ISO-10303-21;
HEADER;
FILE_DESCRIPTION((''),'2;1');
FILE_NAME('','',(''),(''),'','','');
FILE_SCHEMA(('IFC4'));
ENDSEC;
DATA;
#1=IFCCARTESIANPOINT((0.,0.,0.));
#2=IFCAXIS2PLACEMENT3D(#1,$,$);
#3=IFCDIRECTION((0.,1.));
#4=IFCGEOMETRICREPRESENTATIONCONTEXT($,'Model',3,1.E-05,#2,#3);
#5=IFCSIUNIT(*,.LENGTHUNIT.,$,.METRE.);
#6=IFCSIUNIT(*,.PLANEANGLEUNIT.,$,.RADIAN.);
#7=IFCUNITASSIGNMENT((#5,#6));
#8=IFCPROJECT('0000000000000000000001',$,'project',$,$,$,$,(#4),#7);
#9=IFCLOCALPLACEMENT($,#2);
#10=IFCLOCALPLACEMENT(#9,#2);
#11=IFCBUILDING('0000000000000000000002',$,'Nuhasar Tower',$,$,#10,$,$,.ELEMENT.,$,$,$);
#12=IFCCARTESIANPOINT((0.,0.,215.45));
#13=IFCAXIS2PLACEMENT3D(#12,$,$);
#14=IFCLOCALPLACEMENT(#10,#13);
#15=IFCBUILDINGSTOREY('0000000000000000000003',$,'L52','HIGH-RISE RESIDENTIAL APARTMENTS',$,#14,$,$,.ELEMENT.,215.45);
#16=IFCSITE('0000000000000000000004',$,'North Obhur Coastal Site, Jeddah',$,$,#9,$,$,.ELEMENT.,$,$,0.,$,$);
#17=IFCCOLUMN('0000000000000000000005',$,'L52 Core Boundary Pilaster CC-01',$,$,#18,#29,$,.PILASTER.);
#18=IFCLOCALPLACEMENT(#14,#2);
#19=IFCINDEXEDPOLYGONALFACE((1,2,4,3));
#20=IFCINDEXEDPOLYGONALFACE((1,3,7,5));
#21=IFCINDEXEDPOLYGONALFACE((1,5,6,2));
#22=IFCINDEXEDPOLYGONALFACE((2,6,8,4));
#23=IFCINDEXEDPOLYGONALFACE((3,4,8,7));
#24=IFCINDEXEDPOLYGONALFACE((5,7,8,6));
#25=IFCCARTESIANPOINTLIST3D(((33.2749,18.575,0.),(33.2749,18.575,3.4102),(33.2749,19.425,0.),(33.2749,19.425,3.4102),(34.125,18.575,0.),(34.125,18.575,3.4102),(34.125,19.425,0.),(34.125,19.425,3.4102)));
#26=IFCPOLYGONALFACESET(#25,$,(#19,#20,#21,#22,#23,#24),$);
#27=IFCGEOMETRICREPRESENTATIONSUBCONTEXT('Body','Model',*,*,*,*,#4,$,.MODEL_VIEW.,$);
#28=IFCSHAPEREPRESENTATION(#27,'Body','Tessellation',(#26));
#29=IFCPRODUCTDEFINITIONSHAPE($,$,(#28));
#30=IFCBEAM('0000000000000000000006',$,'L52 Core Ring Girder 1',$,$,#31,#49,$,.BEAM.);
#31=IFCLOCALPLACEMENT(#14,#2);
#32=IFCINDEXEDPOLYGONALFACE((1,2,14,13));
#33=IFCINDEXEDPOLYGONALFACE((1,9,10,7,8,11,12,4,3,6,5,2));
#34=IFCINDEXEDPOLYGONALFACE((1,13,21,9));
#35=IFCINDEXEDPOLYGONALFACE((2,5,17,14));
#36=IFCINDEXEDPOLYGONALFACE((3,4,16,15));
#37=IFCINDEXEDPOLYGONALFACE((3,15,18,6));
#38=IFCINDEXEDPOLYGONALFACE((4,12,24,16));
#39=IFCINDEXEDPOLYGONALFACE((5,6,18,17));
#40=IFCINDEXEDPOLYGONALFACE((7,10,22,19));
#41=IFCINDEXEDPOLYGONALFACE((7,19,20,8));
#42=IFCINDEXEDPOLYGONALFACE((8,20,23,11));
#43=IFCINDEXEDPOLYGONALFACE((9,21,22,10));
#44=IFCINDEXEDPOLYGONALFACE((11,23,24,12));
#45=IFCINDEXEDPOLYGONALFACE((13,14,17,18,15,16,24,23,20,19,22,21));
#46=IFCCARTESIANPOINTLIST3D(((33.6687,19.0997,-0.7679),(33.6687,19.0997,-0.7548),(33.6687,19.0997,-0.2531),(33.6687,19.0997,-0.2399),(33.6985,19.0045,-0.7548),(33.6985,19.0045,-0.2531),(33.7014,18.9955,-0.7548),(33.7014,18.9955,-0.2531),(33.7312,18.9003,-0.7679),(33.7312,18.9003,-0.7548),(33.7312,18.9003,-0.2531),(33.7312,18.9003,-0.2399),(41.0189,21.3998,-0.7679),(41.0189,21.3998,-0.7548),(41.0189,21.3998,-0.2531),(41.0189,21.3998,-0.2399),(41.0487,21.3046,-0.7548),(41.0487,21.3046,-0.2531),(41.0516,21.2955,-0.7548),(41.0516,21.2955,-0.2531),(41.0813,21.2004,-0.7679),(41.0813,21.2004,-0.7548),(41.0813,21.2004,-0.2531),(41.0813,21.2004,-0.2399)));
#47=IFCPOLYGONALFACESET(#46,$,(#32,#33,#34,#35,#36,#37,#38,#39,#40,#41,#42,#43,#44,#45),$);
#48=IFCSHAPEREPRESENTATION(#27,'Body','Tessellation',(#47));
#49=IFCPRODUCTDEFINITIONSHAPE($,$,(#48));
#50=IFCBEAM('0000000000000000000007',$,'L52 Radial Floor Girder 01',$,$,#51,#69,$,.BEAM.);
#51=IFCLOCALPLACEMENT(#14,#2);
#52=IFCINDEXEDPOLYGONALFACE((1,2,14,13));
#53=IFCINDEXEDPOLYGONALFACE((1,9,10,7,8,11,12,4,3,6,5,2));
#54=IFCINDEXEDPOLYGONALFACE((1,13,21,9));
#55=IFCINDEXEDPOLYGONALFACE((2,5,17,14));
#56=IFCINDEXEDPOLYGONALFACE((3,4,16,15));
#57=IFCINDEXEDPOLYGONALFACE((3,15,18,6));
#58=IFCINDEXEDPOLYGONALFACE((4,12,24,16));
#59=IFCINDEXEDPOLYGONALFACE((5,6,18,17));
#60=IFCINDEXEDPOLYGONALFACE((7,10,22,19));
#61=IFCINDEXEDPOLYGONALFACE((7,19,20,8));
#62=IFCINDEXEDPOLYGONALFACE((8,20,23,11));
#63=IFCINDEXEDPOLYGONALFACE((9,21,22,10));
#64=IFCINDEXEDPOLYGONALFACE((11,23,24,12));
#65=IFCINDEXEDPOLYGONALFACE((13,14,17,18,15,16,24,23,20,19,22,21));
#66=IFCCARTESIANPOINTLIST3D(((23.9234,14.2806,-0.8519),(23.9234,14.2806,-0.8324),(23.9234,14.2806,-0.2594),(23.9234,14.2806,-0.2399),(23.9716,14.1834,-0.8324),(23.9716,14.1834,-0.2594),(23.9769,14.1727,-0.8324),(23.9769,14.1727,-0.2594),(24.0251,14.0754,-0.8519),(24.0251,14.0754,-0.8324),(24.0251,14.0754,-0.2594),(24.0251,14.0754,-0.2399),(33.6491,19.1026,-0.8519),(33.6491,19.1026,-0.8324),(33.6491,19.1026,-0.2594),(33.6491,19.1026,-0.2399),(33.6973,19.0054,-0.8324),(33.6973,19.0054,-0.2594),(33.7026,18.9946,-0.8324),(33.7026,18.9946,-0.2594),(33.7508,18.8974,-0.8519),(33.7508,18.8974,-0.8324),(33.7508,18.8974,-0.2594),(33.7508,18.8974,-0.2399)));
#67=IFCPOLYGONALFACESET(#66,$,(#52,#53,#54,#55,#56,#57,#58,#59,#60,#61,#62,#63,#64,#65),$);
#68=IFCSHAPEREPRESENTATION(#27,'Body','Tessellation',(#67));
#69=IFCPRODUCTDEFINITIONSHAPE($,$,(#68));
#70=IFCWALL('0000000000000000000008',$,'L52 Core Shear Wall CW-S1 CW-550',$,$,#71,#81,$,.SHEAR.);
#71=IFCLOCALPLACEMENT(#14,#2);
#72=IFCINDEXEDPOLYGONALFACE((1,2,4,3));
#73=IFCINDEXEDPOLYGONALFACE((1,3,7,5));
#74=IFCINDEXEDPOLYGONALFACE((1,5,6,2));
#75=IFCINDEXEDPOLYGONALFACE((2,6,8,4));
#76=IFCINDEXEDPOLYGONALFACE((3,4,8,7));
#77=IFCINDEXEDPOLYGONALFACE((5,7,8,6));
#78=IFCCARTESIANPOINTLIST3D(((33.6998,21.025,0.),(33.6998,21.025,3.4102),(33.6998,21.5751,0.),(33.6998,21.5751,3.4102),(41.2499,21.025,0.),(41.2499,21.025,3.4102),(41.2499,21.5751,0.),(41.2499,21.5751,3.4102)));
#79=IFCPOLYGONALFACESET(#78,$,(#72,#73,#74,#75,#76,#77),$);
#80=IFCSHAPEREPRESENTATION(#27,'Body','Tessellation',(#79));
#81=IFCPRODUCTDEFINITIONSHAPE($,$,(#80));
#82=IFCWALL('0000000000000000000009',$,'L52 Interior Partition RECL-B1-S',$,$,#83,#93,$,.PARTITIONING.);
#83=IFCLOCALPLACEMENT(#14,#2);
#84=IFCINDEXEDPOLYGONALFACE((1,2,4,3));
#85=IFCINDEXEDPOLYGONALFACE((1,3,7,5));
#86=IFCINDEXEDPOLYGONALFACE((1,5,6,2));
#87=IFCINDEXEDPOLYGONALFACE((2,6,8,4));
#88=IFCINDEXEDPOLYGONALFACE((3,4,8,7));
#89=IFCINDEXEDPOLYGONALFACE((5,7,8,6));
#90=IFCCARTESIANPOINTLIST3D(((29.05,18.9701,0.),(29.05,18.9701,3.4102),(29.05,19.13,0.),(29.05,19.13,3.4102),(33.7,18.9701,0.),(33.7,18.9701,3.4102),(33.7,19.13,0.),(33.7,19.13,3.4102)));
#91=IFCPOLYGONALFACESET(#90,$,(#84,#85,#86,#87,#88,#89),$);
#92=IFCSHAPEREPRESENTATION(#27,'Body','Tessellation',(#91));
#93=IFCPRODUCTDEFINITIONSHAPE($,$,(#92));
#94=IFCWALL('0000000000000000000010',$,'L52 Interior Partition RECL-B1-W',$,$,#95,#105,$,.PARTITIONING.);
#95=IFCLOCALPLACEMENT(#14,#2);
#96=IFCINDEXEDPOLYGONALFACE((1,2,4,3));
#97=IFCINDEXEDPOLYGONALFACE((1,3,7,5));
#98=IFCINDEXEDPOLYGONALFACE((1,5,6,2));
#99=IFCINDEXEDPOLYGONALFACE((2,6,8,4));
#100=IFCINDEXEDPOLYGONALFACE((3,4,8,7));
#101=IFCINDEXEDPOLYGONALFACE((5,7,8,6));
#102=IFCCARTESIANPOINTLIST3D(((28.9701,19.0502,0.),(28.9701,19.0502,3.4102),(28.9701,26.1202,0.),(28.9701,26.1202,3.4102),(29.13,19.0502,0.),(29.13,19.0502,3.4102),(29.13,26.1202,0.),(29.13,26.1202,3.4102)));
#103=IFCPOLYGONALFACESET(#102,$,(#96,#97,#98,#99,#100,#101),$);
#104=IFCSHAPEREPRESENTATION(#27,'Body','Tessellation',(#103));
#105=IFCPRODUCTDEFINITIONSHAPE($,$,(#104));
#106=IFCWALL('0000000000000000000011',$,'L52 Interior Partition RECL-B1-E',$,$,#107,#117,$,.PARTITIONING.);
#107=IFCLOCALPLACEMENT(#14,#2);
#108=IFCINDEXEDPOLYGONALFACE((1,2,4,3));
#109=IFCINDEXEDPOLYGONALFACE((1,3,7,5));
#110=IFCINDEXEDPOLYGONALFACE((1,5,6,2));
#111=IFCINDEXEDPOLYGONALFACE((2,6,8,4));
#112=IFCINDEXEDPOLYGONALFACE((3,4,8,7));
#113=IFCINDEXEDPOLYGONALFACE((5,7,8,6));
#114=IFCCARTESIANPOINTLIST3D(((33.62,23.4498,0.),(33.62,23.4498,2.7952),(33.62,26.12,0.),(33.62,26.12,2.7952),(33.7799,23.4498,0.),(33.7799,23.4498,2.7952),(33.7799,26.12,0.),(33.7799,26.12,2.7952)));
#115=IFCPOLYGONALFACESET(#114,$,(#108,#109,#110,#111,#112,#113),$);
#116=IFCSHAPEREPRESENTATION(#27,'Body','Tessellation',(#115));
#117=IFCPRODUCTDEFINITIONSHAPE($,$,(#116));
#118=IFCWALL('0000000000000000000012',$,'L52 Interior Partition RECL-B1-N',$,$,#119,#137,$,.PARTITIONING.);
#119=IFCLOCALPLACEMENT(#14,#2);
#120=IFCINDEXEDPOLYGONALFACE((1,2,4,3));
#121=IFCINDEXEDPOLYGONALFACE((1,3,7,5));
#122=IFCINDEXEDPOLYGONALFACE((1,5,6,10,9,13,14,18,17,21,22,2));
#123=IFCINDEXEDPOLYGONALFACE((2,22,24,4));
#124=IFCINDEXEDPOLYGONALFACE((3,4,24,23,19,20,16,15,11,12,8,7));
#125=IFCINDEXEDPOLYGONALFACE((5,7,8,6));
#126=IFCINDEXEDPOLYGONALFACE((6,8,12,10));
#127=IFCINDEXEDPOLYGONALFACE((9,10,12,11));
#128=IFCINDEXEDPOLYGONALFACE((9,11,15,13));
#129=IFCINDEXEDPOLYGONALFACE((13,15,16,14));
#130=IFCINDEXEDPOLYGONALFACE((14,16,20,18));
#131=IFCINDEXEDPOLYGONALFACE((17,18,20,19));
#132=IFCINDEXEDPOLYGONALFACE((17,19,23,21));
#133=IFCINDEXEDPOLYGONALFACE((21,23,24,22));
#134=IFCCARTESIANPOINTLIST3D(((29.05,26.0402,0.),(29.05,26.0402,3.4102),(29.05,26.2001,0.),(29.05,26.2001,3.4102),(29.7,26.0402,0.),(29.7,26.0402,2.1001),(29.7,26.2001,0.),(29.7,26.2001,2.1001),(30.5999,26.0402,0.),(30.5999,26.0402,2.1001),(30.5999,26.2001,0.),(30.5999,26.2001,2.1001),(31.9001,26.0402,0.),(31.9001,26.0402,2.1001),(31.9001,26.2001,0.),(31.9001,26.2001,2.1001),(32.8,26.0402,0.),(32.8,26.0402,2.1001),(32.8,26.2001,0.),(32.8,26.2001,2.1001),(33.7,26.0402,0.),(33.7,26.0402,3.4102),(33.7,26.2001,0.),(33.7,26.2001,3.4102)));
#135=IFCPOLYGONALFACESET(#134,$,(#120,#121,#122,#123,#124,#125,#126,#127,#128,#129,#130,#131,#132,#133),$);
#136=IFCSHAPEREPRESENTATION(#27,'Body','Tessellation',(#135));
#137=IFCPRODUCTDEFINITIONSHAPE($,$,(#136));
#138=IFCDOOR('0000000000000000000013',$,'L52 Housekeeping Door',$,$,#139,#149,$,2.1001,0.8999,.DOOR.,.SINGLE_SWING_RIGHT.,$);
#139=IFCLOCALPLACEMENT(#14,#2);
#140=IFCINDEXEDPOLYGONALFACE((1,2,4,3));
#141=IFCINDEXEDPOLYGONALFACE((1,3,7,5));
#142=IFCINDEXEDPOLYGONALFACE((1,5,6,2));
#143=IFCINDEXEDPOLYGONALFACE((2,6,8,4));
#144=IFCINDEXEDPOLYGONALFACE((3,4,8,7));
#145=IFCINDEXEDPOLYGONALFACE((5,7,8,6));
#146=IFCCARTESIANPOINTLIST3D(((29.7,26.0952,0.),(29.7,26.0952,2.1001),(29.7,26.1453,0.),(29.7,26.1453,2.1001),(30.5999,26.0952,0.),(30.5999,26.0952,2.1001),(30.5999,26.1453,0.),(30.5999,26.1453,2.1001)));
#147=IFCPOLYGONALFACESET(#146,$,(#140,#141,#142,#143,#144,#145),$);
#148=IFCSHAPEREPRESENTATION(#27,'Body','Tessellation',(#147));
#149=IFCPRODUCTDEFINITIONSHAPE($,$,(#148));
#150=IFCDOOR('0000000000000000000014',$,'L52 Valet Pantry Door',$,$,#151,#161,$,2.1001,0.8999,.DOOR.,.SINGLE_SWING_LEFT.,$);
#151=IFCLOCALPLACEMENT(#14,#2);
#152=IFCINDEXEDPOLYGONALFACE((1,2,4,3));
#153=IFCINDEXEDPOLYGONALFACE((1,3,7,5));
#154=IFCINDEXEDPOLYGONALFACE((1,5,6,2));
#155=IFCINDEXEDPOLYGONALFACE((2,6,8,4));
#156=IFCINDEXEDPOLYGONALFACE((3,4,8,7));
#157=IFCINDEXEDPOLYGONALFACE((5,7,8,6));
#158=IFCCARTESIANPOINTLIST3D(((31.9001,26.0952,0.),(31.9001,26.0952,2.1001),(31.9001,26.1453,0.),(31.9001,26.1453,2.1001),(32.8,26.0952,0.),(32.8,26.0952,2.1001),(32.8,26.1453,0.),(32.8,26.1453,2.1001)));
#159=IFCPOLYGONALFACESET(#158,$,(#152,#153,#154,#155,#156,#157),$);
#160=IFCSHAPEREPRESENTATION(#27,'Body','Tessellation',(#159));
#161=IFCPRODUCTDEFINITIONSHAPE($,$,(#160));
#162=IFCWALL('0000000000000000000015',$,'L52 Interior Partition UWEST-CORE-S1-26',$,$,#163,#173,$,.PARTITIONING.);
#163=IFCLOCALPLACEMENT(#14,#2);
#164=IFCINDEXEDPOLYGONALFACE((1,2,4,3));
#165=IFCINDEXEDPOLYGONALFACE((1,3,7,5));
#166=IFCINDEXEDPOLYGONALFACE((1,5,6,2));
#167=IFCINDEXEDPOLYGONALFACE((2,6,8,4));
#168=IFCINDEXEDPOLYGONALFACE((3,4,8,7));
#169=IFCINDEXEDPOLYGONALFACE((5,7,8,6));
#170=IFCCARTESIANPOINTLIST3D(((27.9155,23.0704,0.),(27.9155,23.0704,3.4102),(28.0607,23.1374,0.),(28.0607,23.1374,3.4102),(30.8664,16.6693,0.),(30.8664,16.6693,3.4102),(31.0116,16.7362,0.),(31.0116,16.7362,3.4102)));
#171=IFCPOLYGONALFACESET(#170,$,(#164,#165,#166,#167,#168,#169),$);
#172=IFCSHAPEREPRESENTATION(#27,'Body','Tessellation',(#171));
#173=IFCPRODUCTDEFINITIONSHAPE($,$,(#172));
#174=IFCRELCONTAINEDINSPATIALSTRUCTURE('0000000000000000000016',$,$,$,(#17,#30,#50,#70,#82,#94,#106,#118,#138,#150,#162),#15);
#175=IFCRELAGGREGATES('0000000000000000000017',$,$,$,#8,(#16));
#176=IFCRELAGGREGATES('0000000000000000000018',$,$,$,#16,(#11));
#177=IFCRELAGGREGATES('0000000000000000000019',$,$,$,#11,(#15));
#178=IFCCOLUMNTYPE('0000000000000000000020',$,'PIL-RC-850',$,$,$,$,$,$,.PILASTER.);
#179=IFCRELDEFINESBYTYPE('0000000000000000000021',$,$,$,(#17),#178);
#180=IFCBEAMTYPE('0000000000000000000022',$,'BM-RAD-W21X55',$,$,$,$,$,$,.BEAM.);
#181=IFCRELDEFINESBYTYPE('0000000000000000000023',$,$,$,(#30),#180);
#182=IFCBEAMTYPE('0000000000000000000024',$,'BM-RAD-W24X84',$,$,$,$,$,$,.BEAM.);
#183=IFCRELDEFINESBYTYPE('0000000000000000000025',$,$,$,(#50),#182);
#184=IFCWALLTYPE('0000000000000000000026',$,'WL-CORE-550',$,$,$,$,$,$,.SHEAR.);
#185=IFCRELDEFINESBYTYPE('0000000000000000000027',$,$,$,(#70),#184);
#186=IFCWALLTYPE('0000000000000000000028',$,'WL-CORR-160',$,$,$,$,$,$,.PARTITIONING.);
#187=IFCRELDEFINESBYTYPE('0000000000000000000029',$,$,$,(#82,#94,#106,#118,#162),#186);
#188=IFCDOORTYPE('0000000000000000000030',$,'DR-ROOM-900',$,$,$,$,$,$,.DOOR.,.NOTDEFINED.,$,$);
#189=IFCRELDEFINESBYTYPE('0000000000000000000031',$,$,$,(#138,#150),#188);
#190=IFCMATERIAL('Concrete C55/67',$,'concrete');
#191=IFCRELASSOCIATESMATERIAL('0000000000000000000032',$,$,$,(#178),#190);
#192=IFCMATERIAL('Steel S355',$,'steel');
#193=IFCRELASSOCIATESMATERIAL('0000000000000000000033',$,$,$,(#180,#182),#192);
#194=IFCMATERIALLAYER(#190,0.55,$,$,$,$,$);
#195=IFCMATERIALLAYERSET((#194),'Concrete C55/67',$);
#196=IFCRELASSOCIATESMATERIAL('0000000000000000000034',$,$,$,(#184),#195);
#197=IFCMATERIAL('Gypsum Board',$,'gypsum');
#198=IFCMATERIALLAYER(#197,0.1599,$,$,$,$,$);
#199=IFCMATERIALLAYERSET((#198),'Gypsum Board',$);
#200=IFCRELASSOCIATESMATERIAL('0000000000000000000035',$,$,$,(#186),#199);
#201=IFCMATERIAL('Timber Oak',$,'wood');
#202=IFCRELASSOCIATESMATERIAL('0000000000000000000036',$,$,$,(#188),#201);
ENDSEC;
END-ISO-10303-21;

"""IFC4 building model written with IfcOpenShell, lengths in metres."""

from ifc_helpers import new_model, si_unit, direction, frame, frame_2d, origin, origin_2d, place, context, subcontext, project, spatial, rectangle, i_section, extrude, material, layer, layer_set, material_profile, profile_set, type_object, element, fill, save


model = new_model("IFC4")

# Units and contexts
model_context = context("Model", 3, precision=1e-05, world=origin(), true_north=direction((0.0, 1.0)))
body_context = subcontext(model_context, "Body", "Model", "MODEL_VIEW")
ifc_project = project(units=[si_unit("LENGTHUNIT", "METRE"), si_unit("PLANEANGLEUNIT", "RADIAN")], contexts=[model_context])

# Site, building, storey
site_placement = place(None, origin())
site = spatial("IfcSite", under=ifc_project, at=site_placement, Name="North Obhur Coastal Site, Jeddah", CompositionType="ELEMENT", RefElevation=0.0)
building_placement = place(site_placement, origin())
building = spatial("IfcBuilding", under=site, at=building_placement, Name="Nuhasar Tower", CompositionType="ELEMENT")
storey_placement = place(building_placement, frame((0.0, 0.0, 215.45)))
storey = spatial("IfcBuildingStorey", under=building, at=storey_placement, Name="L52", Description="HIGH-RISE RESIDENTIAL APARTMENTS", CompositionType="ELEMENT", Elevation=215.45)

# Column
ifc_material_1 = material(Name="Concrete C55/67", Category="concrete")
ifc_material_profile_1 = material_profile(ifc_material_1, rectangle(XDim=0.8501, YDim=0.8501, at=origin_2d()), Name="RC850X850")
ifc_profile_set_1 = profile_set([ifc_material_profile_1], Name="Concrete C55/67")
column_type = type_object("IfcColumnType", Name="PIL-RC-850", PredefinedType="PILASTER", material=ifc_profile_set_1)
column_placement = place(storey_placement, frame((33.7, 19.0, 0.0), z_axis=(0.0, 0.0, 1.0), x_axis=(1.0, 0.0, 0.0)))
element("IfcColumn", 1, at=column_placement, inside=storey, type_object=column_type, Name="L52 Core Boundary Pilaster CC-01", PredefinedType="PILASTER", context=body_context, shape_type="SweptSolid", body=[
    extrude(rectangle(XDim=0.8501, YDim=0.8501, at=origin_2d()), origin(), (0.0, 0.0, 1.0), 3.4102),
])

# Beams
ifc_material_2 = material(Name="Steel S355", Category="steel")
ifc_material_profile_2 = material_profile(ifc_material_2, i_section(OverallWidth=0.209, OverallDepth=0.5281, WebThickness=0.0095, FlangeThickness=0.0132, at=origin_2d()), Name="W21X55")
ifc_profile_set_2 = profile_set([ifc_material_profile_2], Name="Steel S355")
beam_type_1 = type_object("IfcBeamType", Name="BM-RAD-W21X55", PredefinedType="BEAM", material=ifc_profile_set_2)
beam_1_placement = place(storey_placement, frame((33.7, 19.0, -0.5039), z_axis=(0.954364, 0.298647, 0.0), x_axis=(-0.298647, 0.954364, 0.0)))
element("IfcBeam", 2, at=beam_1_placement, inside=storey, type_object=beam_type_1, Name="L52 Core Ring Girder 1", PredefinedType="BEAM", context=body_context, shape_type="SweptSolid", body=[
    extrude(i_section(OverallWidth=0.209, OverallDepth=0.5281, WebThickness=0.0095, FlangeThickness=0.0132, at=origin_2d()), origin(), (0.0, 0.0, 1.0), 7.7017),
])
ifc_material_profile_3 = material_profile(ifc_material_2, i_section(OverallWidth=0.229, OverallDepth=0.6121, WebThickness=0.012, FlangeThickness=0.0195, at=origin_2d()), Name="W24X84")
ifc_profile_set_3 = profile_set([ifc_material_profile_3], Name="Steel S355")
beam_type_2 = type_object("IfcBeamType", Name="BM-RAD-W24X84", PredefinedType="BEAM", material=ifc_profile_set_3)
beam_2_placement = place(storey_placement, frame((33.7, 19.0, -0.5459), z_axis=(-0.895929, -0.444197, 0.0), x_axis=(0.444197, -0.895929, 0.0)))
element("IfcBeam", 3, at=beam_2_placement, inside=storey, type_object=beam_type_2, Name="L52 Radial Floor Girder 01", PredefinedType="BEAM", context=body_context, shape_type="SweptSolid", body=[
    extrude(i_section(OverallWidth=0.229, OverallDepth=0.6121, WebThickness=0.012, FlangeThickness=0.0195, at=origin_2d()), origin(), (0.0, 0.0, 1.0), 10.8555),
])

# Walls
ifc_layer_1 = layer(ifc_material_1, 0.55)
ifc_layer_set_1 = layer_set([ifc_layer_1], Name="Concrete C55/67")
wall_type_1 = type_object("IfcWallType", Name="WL-CORE-550", PredefinedType="SHEAR", material=ifc_layer_set_1)
wall_1_placement = place(storey_placement, frame((33.7, 21.3, 0.0), z_axis=(0.0, 0.0, 1.0), x_axis=(1.0, 0.0, 0.0)))
element("IfcWall", 4, at=wall_1_placement, inside=storey, type_object=wall_type_1, Name="L52 Core Shear Wall CW-S1 CW-550", PredefinedType="SHEAR", context=body_context, shape_type="SweptSolid", body=[
    extrude(rectangle(XDim=7.55, YDim=0.55, at=frame_2d((3.7749, 0.0))), origin(), (0.0, 0.0, 1.0), 3.4102),
])
ifc_material_3 = material(Name="Gypsum Board", Category="gypsum")
ifc_layer_2 = layer(ifc_material_3, 0.1599)
ifc_layer_set_2 = layer_set([ifc_layer_2], Name="Gypsum Board")
wall_type_2 = type_object("IfcWallType", Name="WL-CORR-160", PredefinedType="PARTITIONING", material=ifc_layer_set_2)
wall_2_placement = place(storey_placement, frame((29.05, 19.05, 0.0), z_axis=(0.0, 0.0, 1.0), x_axis=(1.0, 0.0, 0.0)))
element("IfcWall", 5, at=wall_2_placement, inside=storey, type_object=wall_type_2, Name="L52 Interior Partition RECL-B1-S", PredefinedType="PARTITIONING", context=body_context, shape_type="SweptSolid", body=[
    extrude(rectangle(XDim=4.6499, YDim=0.1599, at=frame_2d((2.325, 0.0))), origin(), (0.0, 0.0, 1.0), 3.4102),
])
wall_3_placement = place(storey_placement, frame((29.05, 19.05, 0.0), z_axis=(0.0, 0.0, 1.0), x_axis=(0.0, 1.0, 0.0)))
element("IfcWall", 6, at=wall_3_placement, inside=storey, type_object=wall_type_2, Name="L52 Interior Partition RECL-B1-W", PredefinedType="PARTITIONING", context=body_context, shape_type="SweptSolid", body=[
    extrude(rectangle(XDim=7.0701, YDim=0.1599, at=frame_2d((3.5352, 0.0))), origin(), (0.0, 0.0, 1.0), 3.4102),
])
wall_4_placement = place(storey_placement, frame((33.7, 23.45, 0.0), z_axis=(0.0, 0.0, 1.0), x_axis=(0.0, 1.0, 0.0)))
element("IfcWall", 7, at=wall_4_placement, inside=storey, type_object=wall_type_2, Name="L52 Interior Partition RECL-B1-E", PredefinedType="PARTITIONING", context=body_context, shape_type="SweptSolid", body=[
    extrude(rectangle(XDim=2.6702, YDim=0.1599, at=frame_2d((1.335, 0.0))), origin(), (0.0, 0.0, 1.0), 2.7952),
])

# Wall, openings, doors
wall_5_placement = place(storey_placement, frame((33.7, 26.1201, 0.0), z_axis=(0.0, 0.0, 1.0), x_axis=(-1.0, 0.0, 0.0)))
wall_5 = element("IfcWall", 8, at=wall_5_placement, inside=storey, type_object=wall_type_2, Name="L52 Interior Partition RECL-B1-N", PredefinedType="PARTITIONING", context=body_context, shape_type="SweptSolid", body=[
    extrude(rectangle(XDim=4.6499, YDim=0.1599, at=frame_2d((2.325, 0.0))), origin(), (0.0, 0.0, 1.0), 3.4102),
])
opening_1_placement = place(wall_5_placement, frame((3.1001, 0.0, 0.0)))
opening_1 = element("IfcOpeningElement", 9, at=opening_1_placement, cuts=wall_5, PredefinedType="OPENING", context=body_context, shape_type="SweptSolid", body=[
    extrude(rectangle(XDim=0.8999, YDim=2.1001, at=frame_2d((0.45, 1.05))), frame((0.0, 0.0898, 0.0), z_axis=(0.0, -1.0, 0.0), x_axis=(1.0, 0.0, 0.0)), (0.0, 0.0, 1.0), 0.1799),
])
opening_2_placement = place(wall_5_placement, frame((0.8999, 0.0, 0.0)))
opening_2 = element("IfcOpeningElement", 10, at=opening_2_placement, cuts=wall_5, PredefinedType="OPENING", context=body_context, shape_type="SweptSolid", body=[
    extrude(rectangle(XDim=0.8999, YDim=2.1001, at=frame_2d((0.45, 1.05))), frame((0.0, 0.0898, 0.0), z_axis=(0.0, -1.0, 0.0), x_axis=(1.0, 0.0, 0.0)), (0.0, 0.0, 1.0), 0.1799),
])
ifc_material_4 = material(Name="Timber Oak", Category="wood")
door_type_1 = type_object("IfcDoorType", Name="DR-ROOM-900", OperationType="NOTDEFINED", PredefinedType="DOOR", material=ifc_material_4)
door_1_placement = place(opening_1_placement, origin())
door_1 = element("IfcDoor", 11, at=door_1_placement, inside=storey, type_object=door_type_1, Name="L52 Housekeeping Door", OperationType="SINGLE_SWING_RIGHT", OverallHeight=2.1001, OverallWidth=0.8999, PredefinedType="DOOR", context=body_context, shape_type="SweptSolid", body=[
    extrude(rectangle(XDim=0.8999, YDim=2.1001, at=frame_2d((0.45, 1.05))), frame((0.0, 0.0249, 0.0), z_axis=(0.0, -1.0, 0.0), x_axis=(1.0, 0.0, 0.0)), (0.0, 0.0, 1.0), 0.05),
])
fill(opening_1, door_1)
door_2_placement = place(opening_2_placement, origin())
door_2 = element("IfcDoor", 12, at=door_2_placement, inside=storey, type_object=door_type_1, Name="L52 Valet Pantry Door", OperationType="SINGLE_SWING_LEFT", OverallHeight=2.1001, OverallWidth=0.8999, PredefinedType="DOOR", context=body_context, shape_type="SweptSolid", body=[
    extrude(rectangle(XDim=0.8999, YDim=2.1001, at=frame_2d((0.45, 1.05))), frame((0.0, 0.0249, 0.0), z_axis=(0.0, -1.0, 0.0), x_axis=(1.0, 0.0, 0.0)), (0.0, 0.0, 1.0), 0.05),
])
fill(opening_2, door_2)

# Wall
wall_6_placement = place(storey_placement, frame((27.988, 23.104, 0.0), z_axis=(0.0, 0.0, 1.0), x_axis=(0.418656, -0.908145, 0.0)))
element("IfcWall", 13, at=wall_6_placement, inside=storey, type_object=wall_type_2, Name="L52 Interior Partition UWEST-CORE-S1-26", PredefinedType="PARTITIONING", context=body_context, shape_type="SweptSolid", body=[
    extrude(rectangle(XDim=7.0486, YDim=0.1599, at=frame_2d((3.5244, 0.0))), origin(), (0.0, 0.0, 1.0), 3.4102),
])

save(model, "model.ifc")
